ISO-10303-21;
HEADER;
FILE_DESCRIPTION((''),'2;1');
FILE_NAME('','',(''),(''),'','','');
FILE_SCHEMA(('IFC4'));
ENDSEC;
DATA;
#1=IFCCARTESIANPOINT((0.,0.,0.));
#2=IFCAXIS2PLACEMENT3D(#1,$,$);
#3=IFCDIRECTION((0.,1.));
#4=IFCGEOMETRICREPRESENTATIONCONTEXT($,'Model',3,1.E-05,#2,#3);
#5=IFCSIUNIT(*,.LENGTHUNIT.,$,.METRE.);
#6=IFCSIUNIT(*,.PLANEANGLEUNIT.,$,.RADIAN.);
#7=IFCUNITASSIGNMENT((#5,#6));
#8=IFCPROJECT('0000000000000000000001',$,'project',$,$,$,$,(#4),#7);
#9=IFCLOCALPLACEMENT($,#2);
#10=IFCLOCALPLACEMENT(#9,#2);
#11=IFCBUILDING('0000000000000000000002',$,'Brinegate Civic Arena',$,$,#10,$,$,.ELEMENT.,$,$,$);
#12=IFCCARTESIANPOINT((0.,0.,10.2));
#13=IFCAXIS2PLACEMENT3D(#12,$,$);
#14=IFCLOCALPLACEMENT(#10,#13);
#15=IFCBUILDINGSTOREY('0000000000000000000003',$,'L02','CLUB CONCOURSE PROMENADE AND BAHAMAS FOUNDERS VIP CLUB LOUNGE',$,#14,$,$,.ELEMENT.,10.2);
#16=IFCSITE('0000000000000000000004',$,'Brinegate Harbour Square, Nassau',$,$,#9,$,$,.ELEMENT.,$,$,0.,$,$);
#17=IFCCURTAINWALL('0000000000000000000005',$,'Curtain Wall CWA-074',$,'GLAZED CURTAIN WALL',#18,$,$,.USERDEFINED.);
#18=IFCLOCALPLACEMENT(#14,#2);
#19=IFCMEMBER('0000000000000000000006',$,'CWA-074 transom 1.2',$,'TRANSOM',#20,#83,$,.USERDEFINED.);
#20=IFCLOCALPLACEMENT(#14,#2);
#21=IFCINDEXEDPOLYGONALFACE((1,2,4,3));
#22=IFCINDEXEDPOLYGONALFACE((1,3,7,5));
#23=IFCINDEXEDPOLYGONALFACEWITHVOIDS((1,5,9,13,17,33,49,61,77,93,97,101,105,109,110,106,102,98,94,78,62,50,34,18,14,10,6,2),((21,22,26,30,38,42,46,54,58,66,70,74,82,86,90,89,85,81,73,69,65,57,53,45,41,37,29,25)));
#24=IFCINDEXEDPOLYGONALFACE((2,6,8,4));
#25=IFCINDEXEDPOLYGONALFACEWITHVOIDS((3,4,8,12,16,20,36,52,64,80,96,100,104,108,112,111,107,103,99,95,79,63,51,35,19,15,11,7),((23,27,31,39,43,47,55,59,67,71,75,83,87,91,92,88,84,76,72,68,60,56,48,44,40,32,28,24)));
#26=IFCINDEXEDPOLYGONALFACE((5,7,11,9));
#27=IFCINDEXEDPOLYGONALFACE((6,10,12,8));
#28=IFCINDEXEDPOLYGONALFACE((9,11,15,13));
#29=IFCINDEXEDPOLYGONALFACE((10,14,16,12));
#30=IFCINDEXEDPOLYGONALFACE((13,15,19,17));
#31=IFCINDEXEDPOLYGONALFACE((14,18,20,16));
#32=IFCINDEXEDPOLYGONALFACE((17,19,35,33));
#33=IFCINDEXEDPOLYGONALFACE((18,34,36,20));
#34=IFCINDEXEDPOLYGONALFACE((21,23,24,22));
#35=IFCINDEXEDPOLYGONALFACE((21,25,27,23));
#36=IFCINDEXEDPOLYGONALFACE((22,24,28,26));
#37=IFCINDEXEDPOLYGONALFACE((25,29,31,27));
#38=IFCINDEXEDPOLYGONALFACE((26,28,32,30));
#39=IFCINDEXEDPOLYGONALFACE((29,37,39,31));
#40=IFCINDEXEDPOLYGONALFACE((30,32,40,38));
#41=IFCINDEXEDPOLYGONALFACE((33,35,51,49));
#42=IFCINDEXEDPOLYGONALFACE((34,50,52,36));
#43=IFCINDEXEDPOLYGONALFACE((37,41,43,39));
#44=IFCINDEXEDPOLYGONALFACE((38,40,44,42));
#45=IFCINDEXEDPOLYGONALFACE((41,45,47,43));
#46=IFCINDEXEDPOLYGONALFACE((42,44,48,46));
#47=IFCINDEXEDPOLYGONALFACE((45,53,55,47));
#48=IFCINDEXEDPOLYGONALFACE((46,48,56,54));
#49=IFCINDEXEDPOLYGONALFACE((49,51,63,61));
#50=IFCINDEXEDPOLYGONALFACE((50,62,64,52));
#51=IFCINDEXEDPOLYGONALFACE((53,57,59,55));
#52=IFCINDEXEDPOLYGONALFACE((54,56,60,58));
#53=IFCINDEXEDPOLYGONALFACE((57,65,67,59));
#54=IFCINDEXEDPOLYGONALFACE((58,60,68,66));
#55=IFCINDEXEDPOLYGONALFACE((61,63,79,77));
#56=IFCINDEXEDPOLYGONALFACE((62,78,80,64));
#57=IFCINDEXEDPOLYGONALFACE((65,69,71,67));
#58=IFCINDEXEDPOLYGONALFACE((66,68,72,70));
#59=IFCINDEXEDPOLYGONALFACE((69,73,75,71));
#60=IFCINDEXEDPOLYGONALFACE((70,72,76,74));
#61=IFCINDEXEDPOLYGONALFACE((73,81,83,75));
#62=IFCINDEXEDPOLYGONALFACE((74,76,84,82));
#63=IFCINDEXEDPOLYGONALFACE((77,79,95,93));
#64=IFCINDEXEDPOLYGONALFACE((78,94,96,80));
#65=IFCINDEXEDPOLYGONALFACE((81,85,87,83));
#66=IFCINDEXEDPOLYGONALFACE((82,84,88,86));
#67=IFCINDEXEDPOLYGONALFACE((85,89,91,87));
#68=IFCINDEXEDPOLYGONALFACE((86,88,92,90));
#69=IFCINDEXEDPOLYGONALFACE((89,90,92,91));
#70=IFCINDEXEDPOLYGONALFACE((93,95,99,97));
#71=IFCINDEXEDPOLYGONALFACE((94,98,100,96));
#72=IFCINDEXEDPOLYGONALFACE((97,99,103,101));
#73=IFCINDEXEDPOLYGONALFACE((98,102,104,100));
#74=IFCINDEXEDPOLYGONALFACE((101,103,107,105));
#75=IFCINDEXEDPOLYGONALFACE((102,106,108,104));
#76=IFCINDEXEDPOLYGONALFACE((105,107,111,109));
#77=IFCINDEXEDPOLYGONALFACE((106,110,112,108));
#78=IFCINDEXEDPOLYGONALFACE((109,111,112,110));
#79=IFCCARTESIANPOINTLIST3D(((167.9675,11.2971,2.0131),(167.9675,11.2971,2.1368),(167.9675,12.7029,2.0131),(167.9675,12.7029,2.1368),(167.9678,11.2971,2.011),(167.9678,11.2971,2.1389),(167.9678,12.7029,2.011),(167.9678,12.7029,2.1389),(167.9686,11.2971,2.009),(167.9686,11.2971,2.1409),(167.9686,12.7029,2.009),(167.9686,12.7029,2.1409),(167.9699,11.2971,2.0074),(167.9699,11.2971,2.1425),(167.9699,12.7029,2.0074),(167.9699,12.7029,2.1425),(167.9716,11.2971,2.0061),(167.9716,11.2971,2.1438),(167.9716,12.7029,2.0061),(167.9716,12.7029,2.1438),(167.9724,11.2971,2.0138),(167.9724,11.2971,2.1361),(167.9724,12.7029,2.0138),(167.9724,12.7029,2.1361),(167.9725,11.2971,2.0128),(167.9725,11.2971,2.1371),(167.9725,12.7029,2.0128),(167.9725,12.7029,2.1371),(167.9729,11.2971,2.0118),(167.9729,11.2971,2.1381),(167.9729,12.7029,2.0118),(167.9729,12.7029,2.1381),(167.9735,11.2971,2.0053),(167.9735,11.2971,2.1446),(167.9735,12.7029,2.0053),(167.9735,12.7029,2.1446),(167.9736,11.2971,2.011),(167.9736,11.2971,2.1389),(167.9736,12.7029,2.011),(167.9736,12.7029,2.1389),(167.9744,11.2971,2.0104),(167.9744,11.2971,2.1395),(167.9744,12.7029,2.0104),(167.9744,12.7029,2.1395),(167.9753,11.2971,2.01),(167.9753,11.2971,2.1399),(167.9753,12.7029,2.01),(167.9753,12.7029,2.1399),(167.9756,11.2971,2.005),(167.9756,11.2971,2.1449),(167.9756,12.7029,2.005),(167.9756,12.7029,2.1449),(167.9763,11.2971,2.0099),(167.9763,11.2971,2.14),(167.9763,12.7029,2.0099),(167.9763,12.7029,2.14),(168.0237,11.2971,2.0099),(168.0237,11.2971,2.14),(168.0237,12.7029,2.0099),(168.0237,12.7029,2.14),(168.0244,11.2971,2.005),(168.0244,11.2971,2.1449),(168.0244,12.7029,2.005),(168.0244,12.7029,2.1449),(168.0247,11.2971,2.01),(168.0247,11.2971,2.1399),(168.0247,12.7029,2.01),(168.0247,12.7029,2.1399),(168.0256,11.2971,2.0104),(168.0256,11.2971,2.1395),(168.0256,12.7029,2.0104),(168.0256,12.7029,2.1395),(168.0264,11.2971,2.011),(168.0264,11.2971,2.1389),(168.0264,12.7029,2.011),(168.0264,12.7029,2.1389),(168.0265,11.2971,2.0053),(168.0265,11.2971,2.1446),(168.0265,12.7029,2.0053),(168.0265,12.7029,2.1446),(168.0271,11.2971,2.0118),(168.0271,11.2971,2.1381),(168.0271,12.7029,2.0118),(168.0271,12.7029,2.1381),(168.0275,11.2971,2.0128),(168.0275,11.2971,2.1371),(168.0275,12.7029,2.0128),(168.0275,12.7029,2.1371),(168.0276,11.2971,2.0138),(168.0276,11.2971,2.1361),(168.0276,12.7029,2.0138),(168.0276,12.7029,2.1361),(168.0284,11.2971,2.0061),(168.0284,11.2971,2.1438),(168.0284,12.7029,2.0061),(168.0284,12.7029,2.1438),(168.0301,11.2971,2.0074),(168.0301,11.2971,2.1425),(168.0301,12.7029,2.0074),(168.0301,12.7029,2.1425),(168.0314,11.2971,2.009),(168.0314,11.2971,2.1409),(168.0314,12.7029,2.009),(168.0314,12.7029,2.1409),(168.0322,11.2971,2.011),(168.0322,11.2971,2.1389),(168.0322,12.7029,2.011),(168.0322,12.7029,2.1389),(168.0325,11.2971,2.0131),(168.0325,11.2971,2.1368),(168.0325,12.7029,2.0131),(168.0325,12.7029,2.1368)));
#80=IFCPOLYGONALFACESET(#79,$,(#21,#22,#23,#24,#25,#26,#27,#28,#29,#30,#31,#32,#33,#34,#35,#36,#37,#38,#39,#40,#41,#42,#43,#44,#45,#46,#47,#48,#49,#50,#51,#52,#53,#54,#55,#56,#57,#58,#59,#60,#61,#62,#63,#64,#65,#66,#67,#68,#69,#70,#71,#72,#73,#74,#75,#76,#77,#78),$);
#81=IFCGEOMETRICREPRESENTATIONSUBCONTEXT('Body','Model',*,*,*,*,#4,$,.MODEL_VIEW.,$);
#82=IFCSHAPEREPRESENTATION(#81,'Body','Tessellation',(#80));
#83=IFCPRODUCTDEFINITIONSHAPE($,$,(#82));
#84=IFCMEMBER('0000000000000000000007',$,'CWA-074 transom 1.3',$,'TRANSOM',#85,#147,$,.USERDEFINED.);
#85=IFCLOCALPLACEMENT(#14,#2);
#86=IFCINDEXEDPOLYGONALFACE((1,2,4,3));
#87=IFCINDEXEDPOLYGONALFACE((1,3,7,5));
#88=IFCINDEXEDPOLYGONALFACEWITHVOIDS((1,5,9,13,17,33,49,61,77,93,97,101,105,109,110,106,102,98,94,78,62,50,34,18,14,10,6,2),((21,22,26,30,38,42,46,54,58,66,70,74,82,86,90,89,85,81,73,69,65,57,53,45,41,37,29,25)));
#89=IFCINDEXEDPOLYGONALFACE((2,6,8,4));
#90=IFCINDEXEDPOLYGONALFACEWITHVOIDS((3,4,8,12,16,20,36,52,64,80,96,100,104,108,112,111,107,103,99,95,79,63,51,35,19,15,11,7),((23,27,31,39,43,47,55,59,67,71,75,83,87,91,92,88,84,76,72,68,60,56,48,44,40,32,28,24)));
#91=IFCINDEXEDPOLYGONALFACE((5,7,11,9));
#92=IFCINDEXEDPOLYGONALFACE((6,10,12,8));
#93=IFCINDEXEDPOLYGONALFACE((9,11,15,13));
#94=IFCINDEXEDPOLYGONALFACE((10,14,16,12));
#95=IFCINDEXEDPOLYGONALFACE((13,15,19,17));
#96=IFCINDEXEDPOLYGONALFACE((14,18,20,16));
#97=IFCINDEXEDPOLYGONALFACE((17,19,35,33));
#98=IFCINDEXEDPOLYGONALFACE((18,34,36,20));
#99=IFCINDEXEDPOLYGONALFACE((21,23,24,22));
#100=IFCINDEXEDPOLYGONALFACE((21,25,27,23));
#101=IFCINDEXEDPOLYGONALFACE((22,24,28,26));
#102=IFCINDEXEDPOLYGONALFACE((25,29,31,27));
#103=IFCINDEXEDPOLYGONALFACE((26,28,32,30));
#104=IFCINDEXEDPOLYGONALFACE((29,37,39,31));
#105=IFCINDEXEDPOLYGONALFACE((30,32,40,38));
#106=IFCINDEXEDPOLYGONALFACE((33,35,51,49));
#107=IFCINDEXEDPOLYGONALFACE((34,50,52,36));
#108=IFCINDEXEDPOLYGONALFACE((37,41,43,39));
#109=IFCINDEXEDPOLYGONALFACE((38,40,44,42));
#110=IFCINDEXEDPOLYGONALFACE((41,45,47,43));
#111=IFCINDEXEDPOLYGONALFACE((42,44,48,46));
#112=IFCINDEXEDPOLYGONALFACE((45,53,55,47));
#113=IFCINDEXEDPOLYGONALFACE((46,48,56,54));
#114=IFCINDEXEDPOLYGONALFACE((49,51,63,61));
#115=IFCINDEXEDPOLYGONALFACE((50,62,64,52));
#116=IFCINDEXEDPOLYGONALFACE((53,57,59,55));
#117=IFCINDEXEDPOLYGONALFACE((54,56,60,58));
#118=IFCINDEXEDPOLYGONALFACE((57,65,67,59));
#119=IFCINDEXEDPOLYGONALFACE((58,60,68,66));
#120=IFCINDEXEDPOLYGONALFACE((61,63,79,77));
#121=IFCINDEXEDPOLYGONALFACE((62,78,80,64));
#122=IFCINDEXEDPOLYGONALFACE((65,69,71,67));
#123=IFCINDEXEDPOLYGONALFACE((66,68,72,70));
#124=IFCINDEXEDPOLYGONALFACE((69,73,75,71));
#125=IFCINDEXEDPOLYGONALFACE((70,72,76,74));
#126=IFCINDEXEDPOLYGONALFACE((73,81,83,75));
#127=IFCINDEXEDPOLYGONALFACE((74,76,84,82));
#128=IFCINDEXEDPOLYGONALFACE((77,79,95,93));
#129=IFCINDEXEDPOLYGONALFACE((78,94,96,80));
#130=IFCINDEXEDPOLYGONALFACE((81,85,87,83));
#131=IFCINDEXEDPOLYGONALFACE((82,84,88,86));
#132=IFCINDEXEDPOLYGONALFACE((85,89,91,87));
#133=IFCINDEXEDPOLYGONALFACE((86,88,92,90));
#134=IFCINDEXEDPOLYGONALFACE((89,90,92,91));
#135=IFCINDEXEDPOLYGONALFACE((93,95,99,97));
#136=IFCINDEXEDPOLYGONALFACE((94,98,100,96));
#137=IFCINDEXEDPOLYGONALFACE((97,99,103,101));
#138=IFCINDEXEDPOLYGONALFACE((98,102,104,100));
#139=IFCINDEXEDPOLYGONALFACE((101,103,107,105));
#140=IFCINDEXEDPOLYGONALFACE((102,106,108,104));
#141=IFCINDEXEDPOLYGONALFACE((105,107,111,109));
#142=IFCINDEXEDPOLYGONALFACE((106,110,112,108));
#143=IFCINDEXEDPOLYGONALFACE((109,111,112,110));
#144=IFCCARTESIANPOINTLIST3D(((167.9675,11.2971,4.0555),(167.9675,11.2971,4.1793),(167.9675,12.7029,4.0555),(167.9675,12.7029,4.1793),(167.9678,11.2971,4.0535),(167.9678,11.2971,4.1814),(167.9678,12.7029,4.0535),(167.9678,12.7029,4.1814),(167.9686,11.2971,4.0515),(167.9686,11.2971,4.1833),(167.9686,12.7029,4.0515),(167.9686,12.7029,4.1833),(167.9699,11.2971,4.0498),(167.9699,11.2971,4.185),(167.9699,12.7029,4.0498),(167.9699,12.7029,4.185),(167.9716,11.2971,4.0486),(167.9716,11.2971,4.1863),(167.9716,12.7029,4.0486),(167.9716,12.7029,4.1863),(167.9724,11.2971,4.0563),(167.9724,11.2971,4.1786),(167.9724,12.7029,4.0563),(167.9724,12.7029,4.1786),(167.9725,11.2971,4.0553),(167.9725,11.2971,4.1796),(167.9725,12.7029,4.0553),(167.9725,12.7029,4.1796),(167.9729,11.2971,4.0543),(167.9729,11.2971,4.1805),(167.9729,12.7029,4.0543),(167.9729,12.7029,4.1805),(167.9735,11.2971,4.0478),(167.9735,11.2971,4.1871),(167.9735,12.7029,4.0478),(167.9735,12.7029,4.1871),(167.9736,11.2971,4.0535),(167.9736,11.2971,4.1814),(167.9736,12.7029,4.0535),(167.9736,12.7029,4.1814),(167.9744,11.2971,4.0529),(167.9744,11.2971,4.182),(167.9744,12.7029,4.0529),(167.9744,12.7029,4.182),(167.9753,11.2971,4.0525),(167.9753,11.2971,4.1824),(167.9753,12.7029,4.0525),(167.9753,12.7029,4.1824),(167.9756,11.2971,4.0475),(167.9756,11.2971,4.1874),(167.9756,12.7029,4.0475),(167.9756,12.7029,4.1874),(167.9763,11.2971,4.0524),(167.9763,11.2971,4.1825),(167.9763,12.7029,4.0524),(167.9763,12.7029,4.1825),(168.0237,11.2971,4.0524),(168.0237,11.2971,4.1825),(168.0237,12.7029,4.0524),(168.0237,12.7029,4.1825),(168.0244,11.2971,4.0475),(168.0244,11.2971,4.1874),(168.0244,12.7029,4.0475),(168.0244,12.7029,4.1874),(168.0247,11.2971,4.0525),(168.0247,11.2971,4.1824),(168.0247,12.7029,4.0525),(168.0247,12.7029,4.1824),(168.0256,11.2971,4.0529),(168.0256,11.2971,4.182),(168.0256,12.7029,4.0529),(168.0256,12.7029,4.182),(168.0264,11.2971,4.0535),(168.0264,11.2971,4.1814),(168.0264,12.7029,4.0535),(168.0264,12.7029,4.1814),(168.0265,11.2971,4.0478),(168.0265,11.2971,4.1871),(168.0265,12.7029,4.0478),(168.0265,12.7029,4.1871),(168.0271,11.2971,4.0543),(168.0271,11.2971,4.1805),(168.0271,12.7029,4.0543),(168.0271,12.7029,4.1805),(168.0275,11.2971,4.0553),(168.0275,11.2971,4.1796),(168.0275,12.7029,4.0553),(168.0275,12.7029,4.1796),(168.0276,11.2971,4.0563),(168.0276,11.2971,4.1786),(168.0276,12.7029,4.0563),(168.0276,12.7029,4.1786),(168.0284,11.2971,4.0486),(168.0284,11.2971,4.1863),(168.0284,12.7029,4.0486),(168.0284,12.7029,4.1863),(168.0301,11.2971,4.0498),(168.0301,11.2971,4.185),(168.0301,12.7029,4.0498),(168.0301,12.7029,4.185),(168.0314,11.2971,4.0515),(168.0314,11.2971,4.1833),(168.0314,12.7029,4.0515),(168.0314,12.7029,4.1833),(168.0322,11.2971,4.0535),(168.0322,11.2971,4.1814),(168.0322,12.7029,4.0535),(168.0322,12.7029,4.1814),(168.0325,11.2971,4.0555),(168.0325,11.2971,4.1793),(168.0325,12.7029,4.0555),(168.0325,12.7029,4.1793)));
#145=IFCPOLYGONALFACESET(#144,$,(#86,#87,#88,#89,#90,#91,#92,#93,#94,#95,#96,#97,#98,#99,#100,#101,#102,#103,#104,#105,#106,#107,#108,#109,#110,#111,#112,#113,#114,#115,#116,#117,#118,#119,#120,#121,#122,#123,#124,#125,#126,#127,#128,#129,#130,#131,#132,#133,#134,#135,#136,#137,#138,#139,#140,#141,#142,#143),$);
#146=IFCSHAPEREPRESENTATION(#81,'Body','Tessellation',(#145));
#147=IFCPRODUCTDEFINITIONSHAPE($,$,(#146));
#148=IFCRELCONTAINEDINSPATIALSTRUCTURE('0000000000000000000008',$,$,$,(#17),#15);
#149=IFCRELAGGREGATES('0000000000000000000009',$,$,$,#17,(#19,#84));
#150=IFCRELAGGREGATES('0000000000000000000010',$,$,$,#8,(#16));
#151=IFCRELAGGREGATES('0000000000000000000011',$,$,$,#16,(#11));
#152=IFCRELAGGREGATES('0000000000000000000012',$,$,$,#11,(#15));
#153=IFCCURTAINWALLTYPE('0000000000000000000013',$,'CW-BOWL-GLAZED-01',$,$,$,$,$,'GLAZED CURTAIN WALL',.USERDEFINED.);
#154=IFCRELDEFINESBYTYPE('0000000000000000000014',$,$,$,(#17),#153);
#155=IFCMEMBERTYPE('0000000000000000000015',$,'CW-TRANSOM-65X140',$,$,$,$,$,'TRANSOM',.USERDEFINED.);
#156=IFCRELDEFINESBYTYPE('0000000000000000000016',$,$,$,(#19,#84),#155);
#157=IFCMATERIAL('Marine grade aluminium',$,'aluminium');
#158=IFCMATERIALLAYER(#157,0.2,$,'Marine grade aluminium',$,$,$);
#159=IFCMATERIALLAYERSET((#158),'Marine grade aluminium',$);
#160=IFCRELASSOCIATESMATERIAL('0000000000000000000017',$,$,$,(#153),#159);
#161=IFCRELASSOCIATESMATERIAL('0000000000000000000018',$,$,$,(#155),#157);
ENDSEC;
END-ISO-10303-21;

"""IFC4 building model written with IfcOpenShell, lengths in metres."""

from ifc_helpers import new_model, si_unit, direction, frame, origin, origin_2d, place, context, subcontext, project, spatial, hollow_rectangle, extrude, material, layer, layer_set, material_profile, profile_set, type_object, element, aggregate, save


model = new_model("IFC4")

# Units and contexts
model_context = context("Model", 3, precision=1e-05, world=origin(), true_north=direction((0.0, 1.0)))
body_context = subcontext(model_context, "Body", "Model", "MODEL_VIEW")
ifc_project = project(units=[si_unit("LENGTHUNIT", "METRE"), si_unit("PLANEANGLEUNIT", "RADIAN")], contexts=[model_context])

# Site, building, storey
site_placement = place(None, origin())
site = spatial("IfcSite", under=ifc_project, at=site_placement, Name="Brinegate Harbour Square, Nassau", CompositionType="ELEMENT", RefElevation=0.0)
building_placement = place(site_placement, origin())
building = spatial("IfcBuilding", under=site, at=building_placement, Name="Brinegate Civic Arena", CompositionType="ELEMENT")
storey_placement = place(building_placement, frame((0.0, 0.0, 10.2)))
storey = spatial("IfcBuildingStorey", under=building, at=storey_placement, Name="L02", Description="CLUB CONCOURSE PROMENADE AND BAHAMAS FOUNDERS VIP CLUB LOUNGE", CompositionType="ELEMENT", Elevation=10.2)

# Shared definitions
ifc_material_1 = material(Name="Marine grade aluminium", Category="aluminium")
ifc_layer_1 = layer(ifc_material_1, 0.2, Name="Marine grade aluminium")
ifc_layer_set_1 = layer_set([ifc_layer_1], Name="Marine grade aluminium")
curtain_wall_type = type_object("IfcCurtainWallType", Name="CW-BOWL-GLAZED-01", ElementType="GLAZED CURTAIN WALL", PredefinedType="USERDEFINED", material=ifc_layer_set_1)

# Curtain wall, members
curtain_wall_1_placement = place(storey_placement, origin())
curtain_wall_1 = element("IfcCurtainWall", 1, at=curtain_wall_1_placement, inside=storey, type_object=curtain_wall_type, Name="Curtain Wall CWA-074", ObjectType="GLAZED CURTAIN WALL", PredefinedType="USERDEFINED")
ifc_material_profile_1 = material_profile(ifc_material_1, hollow_rectangle(XDim=0.0649, YDim=0.1399, WallThickness=0.0049, InnerFilletRadius=0.0039, OuterFilletRadius=0.0081, at=origin_2d()), Name="TRN65X140")
ifc_profile_set_1 = profile_set([ifc_material_profile_1], Name="Marine grade aluminium")
member_type_1 = type_object("IfcMemberType", Name="CW-TRANSOM-65X140", ElementType="TRANSOM", PredefinedType="USERDEFINED", material=ifc_profile_set_1)
member_1_placement = place(storey_placement, frame((168.0, 11.2971, 2.075), z_axis=(0.0, 1.0, 0.0), x_axis=(-1.0, 0.0, 0.0)))
member_1 = element("IfcMember", 2, at=member_1_placement, type_object=member_type_1, Name="CWA-074 transom 1.2", ObjectType="TRANSOM", PredefinedType="USERDEFINED", context=body_context, shape_type="SweptSolid", body=[
    extrude(hollow_rectangle(XDim=0.0649, YDim=0.1399, WallThickness=0.0049, InnerFilletRadius=0.0039, OuterFilletRadius=0.0081, at=origin_2d()), origin(), (0.0, 0.0, 1.0), 1.4058),
])
member_2_placement = place(storey_placement, frame((168.0, 11.2971, 4.1174), z_axis=(0.0, 1.0, 0.0), x_axis=(-1.0, 0.0, 0.0)))
member_2 = element("IfcMember", 3, at=member_2_placement, type_object=member_type_1, Name="CWA-074 transom 1.3", ObjectType="TRANSOM", PredefinedType="USERDEFINED", context=body_context, shape_type="SweptSolid", body=[
    extrude(hollow_rectangle(XDim=0.0649, YDim=0.1399, WallThickness=0.0049, InnerFilletRadius=0.0039, OuterFilletRadius=0.0081, at=origin_2d()), origin(), (0.0, 0.0, 1.0), 1.4058),
])

aggregate(curtain_wall_1, [member_1, member_2])

save(model, "model.ifc")
